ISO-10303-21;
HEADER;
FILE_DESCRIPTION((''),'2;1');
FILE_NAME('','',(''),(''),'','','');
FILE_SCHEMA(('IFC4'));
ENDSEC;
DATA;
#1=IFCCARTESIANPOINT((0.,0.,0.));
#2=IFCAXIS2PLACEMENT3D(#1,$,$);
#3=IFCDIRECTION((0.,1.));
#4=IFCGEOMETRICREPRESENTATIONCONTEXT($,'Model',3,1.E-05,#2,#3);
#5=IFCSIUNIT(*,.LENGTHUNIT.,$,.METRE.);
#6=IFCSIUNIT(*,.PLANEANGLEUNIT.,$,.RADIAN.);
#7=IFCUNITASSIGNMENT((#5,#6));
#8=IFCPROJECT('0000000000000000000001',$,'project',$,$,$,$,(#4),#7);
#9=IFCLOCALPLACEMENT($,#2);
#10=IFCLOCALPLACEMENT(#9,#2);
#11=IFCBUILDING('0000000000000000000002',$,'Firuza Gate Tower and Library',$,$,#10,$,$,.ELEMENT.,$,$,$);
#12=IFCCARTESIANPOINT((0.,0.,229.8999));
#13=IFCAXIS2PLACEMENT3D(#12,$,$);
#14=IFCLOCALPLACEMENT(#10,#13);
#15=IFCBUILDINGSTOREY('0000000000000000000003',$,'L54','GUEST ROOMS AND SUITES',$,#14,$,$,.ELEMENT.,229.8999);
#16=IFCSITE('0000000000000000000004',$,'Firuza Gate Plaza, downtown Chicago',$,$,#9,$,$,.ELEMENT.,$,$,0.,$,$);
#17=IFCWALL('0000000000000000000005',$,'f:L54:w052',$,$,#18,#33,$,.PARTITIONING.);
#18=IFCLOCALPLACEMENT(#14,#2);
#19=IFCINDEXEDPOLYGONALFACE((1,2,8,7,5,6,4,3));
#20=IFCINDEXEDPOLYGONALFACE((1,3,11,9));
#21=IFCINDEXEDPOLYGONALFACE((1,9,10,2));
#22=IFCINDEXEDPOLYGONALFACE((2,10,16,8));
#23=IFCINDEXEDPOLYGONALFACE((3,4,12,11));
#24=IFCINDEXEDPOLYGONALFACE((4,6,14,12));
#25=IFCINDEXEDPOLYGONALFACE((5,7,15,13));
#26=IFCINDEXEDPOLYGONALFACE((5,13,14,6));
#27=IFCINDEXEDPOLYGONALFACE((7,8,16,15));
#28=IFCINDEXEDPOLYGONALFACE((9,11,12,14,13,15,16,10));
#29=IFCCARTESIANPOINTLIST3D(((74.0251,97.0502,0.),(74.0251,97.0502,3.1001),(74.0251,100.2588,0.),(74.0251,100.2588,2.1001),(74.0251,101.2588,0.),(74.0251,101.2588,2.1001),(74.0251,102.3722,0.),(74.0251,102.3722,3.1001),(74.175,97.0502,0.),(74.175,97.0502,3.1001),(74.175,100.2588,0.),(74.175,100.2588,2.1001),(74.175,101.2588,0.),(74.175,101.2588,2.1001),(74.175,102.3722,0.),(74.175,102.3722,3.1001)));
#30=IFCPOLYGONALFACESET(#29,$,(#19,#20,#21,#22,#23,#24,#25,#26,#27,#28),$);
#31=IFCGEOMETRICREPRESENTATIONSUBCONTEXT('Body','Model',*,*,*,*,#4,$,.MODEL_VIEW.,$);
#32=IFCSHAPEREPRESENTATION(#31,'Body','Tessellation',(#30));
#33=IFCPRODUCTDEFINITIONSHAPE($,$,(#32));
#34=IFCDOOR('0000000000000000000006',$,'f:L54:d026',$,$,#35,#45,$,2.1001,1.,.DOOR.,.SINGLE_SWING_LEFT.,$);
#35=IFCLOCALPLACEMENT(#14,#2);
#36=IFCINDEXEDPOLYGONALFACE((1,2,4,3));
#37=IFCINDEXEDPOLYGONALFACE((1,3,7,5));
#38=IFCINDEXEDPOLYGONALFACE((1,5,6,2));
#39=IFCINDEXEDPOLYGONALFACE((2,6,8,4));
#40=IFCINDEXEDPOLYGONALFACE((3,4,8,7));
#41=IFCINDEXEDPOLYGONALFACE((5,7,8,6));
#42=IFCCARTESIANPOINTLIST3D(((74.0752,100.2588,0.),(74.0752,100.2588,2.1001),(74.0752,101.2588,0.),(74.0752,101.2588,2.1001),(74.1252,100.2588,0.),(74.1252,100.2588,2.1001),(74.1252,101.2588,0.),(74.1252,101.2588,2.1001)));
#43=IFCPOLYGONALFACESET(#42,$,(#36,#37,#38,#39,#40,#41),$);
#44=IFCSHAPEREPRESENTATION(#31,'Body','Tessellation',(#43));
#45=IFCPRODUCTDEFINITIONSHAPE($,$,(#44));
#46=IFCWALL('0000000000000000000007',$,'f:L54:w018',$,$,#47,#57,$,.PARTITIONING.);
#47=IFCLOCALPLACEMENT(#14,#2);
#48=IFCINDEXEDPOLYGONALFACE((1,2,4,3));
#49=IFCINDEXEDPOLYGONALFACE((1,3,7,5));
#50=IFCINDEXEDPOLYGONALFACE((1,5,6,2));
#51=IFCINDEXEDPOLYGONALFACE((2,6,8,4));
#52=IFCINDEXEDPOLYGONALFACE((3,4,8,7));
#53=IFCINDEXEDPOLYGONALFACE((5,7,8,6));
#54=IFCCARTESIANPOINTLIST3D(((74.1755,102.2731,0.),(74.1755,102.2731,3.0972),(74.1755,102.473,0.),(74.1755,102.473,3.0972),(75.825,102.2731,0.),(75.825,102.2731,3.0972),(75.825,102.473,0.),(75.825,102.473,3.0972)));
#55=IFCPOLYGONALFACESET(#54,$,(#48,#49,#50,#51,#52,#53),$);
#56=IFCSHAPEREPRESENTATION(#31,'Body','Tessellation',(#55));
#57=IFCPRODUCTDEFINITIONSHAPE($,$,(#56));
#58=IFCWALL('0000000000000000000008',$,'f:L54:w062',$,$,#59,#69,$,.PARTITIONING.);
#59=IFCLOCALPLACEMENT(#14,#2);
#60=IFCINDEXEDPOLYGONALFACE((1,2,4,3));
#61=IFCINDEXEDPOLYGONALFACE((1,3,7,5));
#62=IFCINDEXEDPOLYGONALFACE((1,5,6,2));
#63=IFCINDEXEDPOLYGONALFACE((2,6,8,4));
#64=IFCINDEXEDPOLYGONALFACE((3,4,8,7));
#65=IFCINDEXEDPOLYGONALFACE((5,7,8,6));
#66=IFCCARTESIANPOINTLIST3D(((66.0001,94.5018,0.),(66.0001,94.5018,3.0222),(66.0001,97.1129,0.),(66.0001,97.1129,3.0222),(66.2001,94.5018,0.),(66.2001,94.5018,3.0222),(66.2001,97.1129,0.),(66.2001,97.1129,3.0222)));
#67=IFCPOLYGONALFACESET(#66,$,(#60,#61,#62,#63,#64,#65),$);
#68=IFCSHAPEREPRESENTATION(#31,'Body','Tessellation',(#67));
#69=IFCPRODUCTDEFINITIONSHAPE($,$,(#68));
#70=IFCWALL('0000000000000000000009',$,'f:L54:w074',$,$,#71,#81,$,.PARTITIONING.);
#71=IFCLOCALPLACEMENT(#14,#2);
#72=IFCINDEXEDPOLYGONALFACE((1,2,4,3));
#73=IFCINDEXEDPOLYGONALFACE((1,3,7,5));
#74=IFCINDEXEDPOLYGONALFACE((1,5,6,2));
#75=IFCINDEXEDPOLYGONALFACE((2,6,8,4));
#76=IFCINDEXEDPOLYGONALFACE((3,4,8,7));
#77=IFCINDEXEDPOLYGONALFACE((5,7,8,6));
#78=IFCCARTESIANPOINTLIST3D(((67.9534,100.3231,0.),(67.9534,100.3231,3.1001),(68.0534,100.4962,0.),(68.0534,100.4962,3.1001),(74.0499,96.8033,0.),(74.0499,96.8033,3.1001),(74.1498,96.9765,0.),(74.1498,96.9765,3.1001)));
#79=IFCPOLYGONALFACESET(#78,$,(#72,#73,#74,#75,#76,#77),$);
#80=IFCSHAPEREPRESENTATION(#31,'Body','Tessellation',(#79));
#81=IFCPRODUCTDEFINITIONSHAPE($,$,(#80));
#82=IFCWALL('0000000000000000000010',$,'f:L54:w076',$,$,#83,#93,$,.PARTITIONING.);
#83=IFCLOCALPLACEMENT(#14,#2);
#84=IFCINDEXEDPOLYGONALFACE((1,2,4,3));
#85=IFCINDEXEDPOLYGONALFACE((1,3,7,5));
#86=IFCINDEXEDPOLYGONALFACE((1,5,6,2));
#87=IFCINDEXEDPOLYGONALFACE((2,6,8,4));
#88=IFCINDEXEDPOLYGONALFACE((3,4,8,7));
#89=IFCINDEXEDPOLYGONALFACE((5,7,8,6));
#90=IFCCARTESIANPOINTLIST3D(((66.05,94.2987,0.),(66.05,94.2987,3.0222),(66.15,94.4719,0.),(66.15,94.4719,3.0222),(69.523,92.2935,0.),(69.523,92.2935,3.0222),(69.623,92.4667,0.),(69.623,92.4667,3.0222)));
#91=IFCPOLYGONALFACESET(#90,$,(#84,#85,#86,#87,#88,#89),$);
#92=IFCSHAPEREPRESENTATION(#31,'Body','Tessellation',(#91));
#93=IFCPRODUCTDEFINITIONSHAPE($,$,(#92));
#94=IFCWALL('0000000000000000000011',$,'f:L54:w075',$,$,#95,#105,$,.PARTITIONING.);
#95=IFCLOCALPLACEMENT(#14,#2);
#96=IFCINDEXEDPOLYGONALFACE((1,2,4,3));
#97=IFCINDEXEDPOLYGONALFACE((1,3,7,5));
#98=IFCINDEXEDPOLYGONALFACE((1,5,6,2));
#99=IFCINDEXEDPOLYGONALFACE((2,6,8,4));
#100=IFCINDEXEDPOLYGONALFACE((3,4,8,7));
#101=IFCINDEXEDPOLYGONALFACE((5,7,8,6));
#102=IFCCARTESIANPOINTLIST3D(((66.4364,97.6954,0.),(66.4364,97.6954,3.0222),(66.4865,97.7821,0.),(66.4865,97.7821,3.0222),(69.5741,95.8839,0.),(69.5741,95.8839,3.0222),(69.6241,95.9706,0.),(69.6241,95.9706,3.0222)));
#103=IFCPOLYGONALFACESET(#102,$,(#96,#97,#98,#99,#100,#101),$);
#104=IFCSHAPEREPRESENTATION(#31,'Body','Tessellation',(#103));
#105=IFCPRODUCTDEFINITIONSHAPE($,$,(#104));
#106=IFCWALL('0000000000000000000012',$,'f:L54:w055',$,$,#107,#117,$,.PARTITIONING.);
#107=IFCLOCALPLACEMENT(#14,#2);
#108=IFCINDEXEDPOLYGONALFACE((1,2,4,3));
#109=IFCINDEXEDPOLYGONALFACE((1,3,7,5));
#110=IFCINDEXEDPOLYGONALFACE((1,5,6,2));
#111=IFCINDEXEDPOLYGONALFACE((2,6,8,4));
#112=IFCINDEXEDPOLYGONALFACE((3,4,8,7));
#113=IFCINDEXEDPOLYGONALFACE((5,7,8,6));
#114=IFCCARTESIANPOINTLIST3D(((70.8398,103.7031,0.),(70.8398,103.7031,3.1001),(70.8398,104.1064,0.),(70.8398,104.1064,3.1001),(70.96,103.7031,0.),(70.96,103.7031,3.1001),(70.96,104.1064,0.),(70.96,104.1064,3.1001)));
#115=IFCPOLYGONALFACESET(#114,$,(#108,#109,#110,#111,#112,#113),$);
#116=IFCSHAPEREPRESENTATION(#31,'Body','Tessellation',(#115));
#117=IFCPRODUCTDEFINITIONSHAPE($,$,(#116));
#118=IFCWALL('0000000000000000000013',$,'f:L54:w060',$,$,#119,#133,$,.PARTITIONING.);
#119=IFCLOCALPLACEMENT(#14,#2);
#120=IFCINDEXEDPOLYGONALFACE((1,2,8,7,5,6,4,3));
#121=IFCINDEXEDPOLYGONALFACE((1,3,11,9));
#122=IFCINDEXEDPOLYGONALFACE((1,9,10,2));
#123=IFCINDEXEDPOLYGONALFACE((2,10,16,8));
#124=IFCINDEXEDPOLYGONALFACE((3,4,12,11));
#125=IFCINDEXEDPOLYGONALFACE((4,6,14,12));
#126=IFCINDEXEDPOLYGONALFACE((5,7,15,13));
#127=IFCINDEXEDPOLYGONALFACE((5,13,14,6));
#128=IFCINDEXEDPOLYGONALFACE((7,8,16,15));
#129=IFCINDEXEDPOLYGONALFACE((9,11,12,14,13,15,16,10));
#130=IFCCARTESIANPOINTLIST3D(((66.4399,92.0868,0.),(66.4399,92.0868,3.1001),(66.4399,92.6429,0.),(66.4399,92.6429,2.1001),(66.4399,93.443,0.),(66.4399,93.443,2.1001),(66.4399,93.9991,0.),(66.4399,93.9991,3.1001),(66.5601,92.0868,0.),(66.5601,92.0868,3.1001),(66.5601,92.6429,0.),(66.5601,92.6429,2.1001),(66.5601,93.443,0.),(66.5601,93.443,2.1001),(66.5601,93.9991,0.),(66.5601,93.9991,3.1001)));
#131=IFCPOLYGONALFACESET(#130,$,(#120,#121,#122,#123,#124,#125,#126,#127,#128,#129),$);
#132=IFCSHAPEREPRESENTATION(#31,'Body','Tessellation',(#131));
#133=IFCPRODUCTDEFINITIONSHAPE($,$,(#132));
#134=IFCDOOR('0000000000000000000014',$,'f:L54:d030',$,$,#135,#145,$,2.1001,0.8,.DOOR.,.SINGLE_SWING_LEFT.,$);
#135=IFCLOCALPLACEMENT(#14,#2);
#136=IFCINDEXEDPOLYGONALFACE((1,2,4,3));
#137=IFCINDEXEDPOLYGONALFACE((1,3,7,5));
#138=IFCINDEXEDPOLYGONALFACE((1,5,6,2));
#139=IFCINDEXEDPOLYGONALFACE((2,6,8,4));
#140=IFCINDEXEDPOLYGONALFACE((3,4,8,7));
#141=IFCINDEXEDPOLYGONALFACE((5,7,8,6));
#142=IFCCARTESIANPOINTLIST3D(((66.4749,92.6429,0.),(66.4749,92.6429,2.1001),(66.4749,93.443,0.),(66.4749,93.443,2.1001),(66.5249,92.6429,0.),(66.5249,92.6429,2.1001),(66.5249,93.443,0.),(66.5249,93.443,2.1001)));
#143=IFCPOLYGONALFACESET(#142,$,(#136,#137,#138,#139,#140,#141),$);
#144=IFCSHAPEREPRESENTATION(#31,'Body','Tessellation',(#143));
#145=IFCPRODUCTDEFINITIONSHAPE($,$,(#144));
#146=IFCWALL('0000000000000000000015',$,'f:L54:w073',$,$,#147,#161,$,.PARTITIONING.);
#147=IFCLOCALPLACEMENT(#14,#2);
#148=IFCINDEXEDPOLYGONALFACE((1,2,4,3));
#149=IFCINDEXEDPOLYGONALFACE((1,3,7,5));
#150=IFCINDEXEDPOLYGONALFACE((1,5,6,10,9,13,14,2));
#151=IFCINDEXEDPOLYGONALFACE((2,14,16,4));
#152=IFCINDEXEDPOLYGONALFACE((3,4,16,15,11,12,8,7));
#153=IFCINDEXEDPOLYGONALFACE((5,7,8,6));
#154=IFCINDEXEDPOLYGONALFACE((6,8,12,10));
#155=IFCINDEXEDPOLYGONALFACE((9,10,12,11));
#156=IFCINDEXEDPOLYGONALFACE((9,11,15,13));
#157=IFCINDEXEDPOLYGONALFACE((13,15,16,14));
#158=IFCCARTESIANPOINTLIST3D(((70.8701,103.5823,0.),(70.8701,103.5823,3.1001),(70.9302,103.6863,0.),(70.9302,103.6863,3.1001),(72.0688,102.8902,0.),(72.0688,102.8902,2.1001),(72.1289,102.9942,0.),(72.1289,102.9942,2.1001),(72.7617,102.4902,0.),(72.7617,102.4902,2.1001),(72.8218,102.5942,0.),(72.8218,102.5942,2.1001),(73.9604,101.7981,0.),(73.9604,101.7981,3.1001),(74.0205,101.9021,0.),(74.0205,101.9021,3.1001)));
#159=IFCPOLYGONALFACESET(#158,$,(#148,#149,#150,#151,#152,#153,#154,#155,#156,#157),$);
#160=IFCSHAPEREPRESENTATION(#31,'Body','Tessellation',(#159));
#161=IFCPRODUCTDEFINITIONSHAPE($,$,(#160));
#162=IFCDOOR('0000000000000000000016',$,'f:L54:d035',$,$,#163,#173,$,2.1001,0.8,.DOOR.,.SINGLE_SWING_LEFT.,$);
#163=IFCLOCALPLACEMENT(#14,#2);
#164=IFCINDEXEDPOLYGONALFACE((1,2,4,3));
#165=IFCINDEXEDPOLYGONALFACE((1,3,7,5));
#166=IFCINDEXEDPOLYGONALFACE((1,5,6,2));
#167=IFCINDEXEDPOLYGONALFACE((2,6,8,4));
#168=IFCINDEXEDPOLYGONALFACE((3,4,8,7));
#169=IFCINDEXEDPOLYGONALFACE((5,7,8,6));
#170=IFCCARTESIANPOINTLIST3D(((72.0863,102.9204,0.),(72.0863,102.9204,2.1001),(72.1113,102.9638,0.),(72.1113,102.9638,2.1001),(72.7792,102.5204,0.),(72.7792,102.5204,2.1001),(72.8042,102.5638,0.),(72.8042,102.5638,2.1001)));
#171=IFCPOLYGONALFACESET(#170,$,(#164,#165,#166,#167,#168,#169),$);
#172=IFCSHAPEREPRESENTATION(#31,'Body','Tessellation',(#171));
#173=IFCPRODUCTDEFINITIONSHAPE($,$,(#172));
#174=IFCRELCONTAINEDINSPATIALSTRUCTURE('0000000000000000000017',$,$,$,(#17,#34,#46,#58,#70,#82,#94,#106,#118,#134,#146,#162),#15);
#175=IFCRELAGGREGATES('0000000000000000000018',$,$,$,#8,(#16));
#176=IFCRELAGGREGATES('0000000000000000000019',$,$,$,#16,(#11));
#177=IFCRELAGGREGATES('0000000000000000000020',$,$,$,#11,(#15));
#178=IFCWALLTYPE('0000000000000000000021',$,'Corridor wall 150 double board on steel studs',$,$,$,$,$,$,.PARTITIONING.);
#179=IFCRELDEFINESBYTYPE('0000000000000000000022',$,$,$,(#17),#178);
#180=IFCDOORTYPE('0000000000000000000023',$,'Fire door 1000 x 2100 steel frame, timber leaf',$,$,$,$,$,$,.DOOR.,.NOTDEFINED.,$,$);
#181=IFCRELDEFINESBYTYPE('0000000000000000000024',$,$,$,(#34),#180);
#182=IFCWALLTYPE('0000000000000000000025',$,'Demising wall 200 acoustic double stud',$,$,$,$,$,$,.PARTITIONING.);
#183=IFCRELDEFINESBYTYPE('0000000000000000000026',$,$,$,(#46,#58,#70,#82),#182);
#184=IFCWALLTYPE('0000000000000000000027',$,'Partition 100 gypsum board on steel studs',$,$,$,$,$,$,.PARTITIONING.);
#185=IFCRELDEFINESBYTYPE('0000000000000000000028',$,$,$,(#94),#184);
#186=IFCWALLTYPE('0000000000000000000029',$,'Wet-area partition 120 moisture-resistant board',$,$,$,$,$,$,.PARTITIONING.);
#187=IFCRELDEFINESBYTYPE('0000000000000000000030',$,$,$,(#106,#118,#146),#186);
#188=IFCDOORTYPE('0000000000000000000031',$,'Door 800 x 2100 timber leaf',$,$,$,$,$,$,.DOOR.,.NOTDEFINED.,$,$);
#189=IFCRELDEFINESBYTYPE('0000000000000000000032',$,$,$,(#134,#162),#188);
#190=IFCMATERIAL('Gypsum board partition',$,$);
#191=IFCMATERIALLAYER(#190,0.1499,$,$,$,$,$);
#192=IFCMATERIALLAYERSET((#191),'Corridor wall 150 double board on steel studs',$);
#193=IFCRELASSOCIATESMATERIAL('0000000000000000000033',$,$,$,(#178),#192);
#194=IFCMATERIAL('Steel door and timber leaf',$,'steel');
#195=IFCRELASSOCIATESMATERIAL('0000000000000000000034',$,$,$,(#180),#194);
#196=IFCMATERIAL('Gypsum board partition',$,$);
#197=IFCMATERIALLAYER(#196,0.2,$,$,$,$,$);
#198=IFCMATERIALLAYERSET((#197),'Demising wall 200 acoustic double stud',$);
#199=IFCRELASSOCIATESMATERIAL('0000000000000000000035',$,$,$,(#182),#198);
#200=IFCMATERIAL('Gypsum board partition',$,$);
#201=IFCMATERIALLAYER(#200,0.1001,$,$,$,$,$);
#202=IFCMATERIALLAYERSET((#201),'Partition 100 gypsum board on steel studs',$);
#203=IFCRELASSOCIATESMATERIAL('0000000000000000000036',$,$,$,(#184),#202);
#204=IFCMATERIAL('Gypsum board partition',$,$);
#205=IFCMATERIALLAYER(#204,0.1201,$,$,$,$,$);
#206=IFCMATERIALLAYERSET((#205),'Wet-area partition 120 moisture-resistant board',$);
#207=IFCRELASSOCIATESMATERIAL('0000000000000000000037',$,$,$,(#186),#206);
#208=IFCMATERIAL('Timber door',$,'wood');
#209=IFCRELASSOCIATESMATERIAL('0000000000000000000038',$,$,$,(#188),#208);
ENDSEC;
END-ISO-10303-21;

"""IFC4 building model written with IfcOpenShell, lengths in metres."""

from ifc_helpers import new_model, si_unit, direction, frame, frame_2d, origin, place, context, subcontext, project, spatial, rectangle, extrude, material, layer, layer_set, type_object, element, fill, save


model = new_model("IFC4")

# Units and contexts
model_context = context("Model", 3, precision=1e-05, world=origin(), true_north=direction((0.0, 1.0)))
body_context = subcontext(model_context, "Body", "Model", "MODEL_VIEW")
ifc_project = project(units=[si_unit("LENGTHUNIT", "METRE"), si_unit("PLANEANGLEUNIT", "RADIAN")], contexts=[model_context])

# Site, building, storey
site_placement = place(None, origin())
site = spatial("IfcSite", under=ifc_project, at=site_placement, Name="Firuza Gate Plaza, downtown Chicago", CompositionType="ELEMENT", RefElevation=0.0)
building_placement = place(site_placement, origin())
building = spatial("IfcBuilding", under=site, at=building_placement, Name="Firuza Gate Tower and Library", CompositionType="ELEMENT")
storey_placement = place(building_placement, frame((0.0, 0.0, 229.8999)))
storey = spatial("IfcBuildingStorey", under=building, at=storey_placement, Name="L54", Description="GUEST ROOMS AND SUITES", CompositionType="ELEMENT", Elevation=229.8999)

# Wall, opening, door
ifc_material_1 = material(Name="Gypsum board partition")
ifc_layer_1 = layer(ifc_material_1, 0.1499)
ifc_layer_set_1 = layer_set([ifc_layer_1], Name="Corridor wall 150 double board on steel studs")
wall_type_1 = type_object("IfcWallType", Name="Corridor wall 150 double board on steel studs", PredefinedType="PARTITIONING", material=ifc_layer_set_1)
wall_1_placement = place(storey_placement, frame((74.1001, 97.05, 0.0), z_axis=(0.0, 0.0, 1.0), x_axis=(0.0, 1.0, 0.0)))
wall_1 = element("IfcWall", 1, at=wall_1_placement, inside=storey, type_object=wall_type_1, Name="f:L54:w052", PredefinedType="PARTITIONING", context=body_context, shape_type="SweptSolid", body=[
    extrude(rectangle(XDim=5.322, YDim=0.1499, at=frame_2d((2.6611, 0.0))), origin(), (0.0, 0.0, 1.0), 3.1001),
])
opening_1_placement = place(wall_1_placement, frame((3.2087, 0.0, 0.0)))
opening_1 = element("IfcOpeningElement", 2, at=opening_1_placement, cuts=wall_1, PredefinedType="OPENING", context=body_context, shape_type="SweptSolid", body=[
    extrude(rectangle(XDim=1.0, YDim=2.1001, at=frame_2d((0.5, 1.05))), frame((0.0, 0.085, 0.0), z_axis=(0.0, -1.0, 0.0), x_axis=(1.0, 0.0, 0.0)), (0.0, 0.0, 1.0), 0.1699),
])
ifc_material_2 = material(Name="Steel door and timber leaf", Category="steel")
door_type_1 = type_object("IfcDoorType", Name="Fire door 1000 x 2100 steel frame, timber leaf", OperationType="NOTDEFINED", PredefinedType="DOOR", material=ifc_material_2)
door_1_placement = place(opening_1_placement, origin())
door_1 = element("IfcDoor", 3, at=door_1_placement, inside=storey, type_object=door_type_1, Name="f:L54:d026", OperationType="SINGLE_SWING_LEFT", OverallHeight=2.1001, OverallWidth=1.0, PredefinedType="DOOR", context=body_context, shape_type="SweptSolid", body=[
    extrude(rectangle(XDim=1.0, YDim=2.1001, at=frame_2d((0.5, 1.05))), frame((0.0, 0.0249, 0.0), z_axis=(0.0, -1.0, 0.0), x_axis=(1.0, 0.0, 0.0)), (0.0, 0.0, 1.0), 0.05),
])
fill(opening_1, door_1)

# Walls
ifc_material_3 = material(Name="Gypsum board partition")
ifc_layer_2 = layer(ifc_material_3, 0.2)
ifc_layer_set_2 = layer_set([ifc_layer_2], Name="Demising wall 200 acoustic double stud")
wall_type_2 = type_object("IfcWallType", Name="Demising wall 200 acoustic double stud", PredefinedType="PARTITIONING", material=ifc_layer_set_2)
wall_2_placement = place(storey_placement, frame((74.1755, 102.373, 0.0), z_axis=(0.0, 0.0, 1.0), x_axis=(1.0, 0.0, 0.0)))
element("IfcWall", 4, at=wall_2_placement, inside=storey, type_object=wall_type_2, Name="f:L54:w018", PredefinedType="PARTITIONING", context=body_context, shape_type="SweptSolid", body=[
    extrude(rectangle(XDim=1.6494, YDim=0.2, at=frame_2d((0.8247, 0.0))), origin(), (0.0, 0.0, 1.0), 3.0972),
])
wall_3_placement = place(storey_placement, frame((66.1001, 94.5017, 0.0), z_axis=(0.0, 0.0, 1.0), x_axis=(0.0, 1.0, 0.0)))
element("IfcWall", 5, at=wall_3_placement, inside=storey, type_object=wall_type_2, Name="f:L54:w062", PredefinedType="PARTITIONING", context=body_context, shape_type="SweptSolid", body=[
    extrude(rectangle(XDim=2.6111, YDim=0.2, at=frame_2d((1.3057, 0.0))), origin(), (0.0, 0.0, 1.0), 3.0222),
])
wall_4_placement = place(storey_placement, frame((74.0999, 96.8899, 0.0), z_axis=(0.0, 0.0, 1.0), x_axis=(-0.866026, 0.5, 0.0)))
element("IfcWall", 6, at=wall_4_placement, inside=storey, type_object=wall_type_2, Name="f:L54:w074", PredefinedType="PARTITIONING", context=body_context, shape_type="SweptSolid", body=[
    extrude(rectangle(XDim=7.0396, YDim=0.2, at=frame_2d((3.5198, 0.0))), origin(), (0.0, 0.0, 1.0), 3.1001),
])
wall_5_placement = place(storey_placement, frame((69.573, 92.3801, 0.0), z_axis=(0.0, 0.0, 1.0), x_axis=(-0.86602, 0.500009, 0.0)))
element("IfcWall", 7, at=wall_5_placement, inside=storey, type_object=wall_type_2, Name="f:L54:w076", PredefinedType="PARTITIONING", context=body_context, shape_type="SweptSolid", body=[
    extrude(rectangle(XDim=4.0103, YDim=0.2, at=frame_2d((2.0051, 0.0))), origin(), (0.0, 0.0, 1.0), 3.0222),
])
ifc_material_4 = material(Name="Gypsum board partition")
ifc_layer_3 = layer(ifc_material_4, 0.1001)
ifc_layer_set_3 = layer_set([ifc_layer_3], Name="Partition 100 gypsum board on steel studs")
wall_type_3 = type_object("IfcWallType", Name="Partition 100 gypsum board on steel studs", PredefinedType="PARTITIONING", material=ifc_layer_set_3)
wall_6_placement = place(storey_placement, frame((69.5991, 95.9272, 0.0), z_axis=(0.0, 0.0, 1.0), x_axis=(-0.866028, 0.499995, 0.0)))
element("IfcWall", 8, at=wall_6_placement, inside=storey, type_object=wall_type_3, Name="f:L54:w075", PredefinedType="PARTITIONING", context=body_context, shape_type="SweptSolid", body=[
    extrude(rectangle(XDim=3.623, YDim=0.1001, at=frame_2d((1.8115, 0.0))), origin(), (0.0, 0.0, 1.0), 3.0222),
])
ifc_material_5 = material(Name="Gypsum board partition")
ifc_layer_4 = layer(ifc_material_5, 0.1201)
ifc_layer_set_4 = layer_set([ifc_layer_4], Name="Wet-area partition 120 moisture-resistant board")
wall_type_4 = type_object("IfcWallType", Name="Wet-area partition 120 moisture-resistant board", PredefinedType="PARTITIONING", material=ifc_layer_set_4)
wall_7_placement = place(storey_placement, frame((70.8999, 103.7031, 0.0), z_axis=(0.0, 0.0, 1.0), x_axis=(0.0, 1.0, 0.0)))
element("IfcWall", 9, at=wall_7_placement, inside=storey, type_object=wall_type_4, Name="f:L54:w055", PredefinedType="PARTITIONING", context=body_context, shape_type="SweptSolid", body=[
    extrude(rectangle(XDim=0.4033, YDim=0.1201, at=frame_2d((0.2017, 0.0))), origin(), (0.0, 0.0, 1.0), 3.1001),
])

# Walls, openings, doors
wall_8_placement = place(storey_placement, frame((66.5, 93.999, 0.0), z_axis=(0.0, 0.0, 1.0), x_axis=(0.0, -1.0, 0.0)))
wall_8 = element("IfcWall", 10, at=wall_8_placement, inside=storey, type_object=wall_type_4, Name="f:L54:w060", PredefinedType="PARTITIONING", context=body_context, shape_type="SweptSolid", body=[
    extrude(rectangle(XDim=1.9124, YDim=0.1201, at=frame_2d((0.9561, 0.0))), origin(), (0.0, 0.0, 1.0), 3.1001),
])
opening_2_placement = place(wall_8_placement, frame((0.5562, 0.0, 0.0)))
opening_2 = element("IfcOpeningElement", 11, at=opening_2_placement, cuts=wall_8, PredefinedType="OPENING", context=body_context, shape_type="SweptSolid", body=[
    extrude(rectangle(XDim=0.8, YDim=2.1001, at=frame_2d((0.3999, 1.05))), frame((0.0, 0.0701, 0.0), z_axis=(0.0, -1.0, 0.0), x_axis=(1.0, 0.0, 0.0)), (0.0, 0.0, 1.0), 0.1401),
])
ifc_material_6 = material(Name="Timber door", Category="wood")
door_type_2 = type_object("IfcDoorType", Name="Door 800 x 2100 timber leaf", OperationType="NOTDEFINED", PredefinedType="DOOR", material=ifc_material_6)
door_2_placement = place(opening_2_placement, origin())
door_2 = element("IfcDoor", 12, at=door_2_placement, inside=storey, type_object=door_type_2, Name="f:L54:d030", OperationType="SINGLE_SWING_LEFT", OverallHeight=2.1001, OverallWidth=0.8, PredefinedType="DOOR", context=body_context, shape_type="SweptSolid", body=[
    extrude(rectangle(XDim=0.8, YDim=2.1001, at=frame_2d((0.3999, 1.05))), frame((0.0, 0.0249, 0.0), z_axis=(0.0, -1.0, 0.0), x_axis=(1.0, 0.0, 0.0)), (0.0, 0.0, 1.0), 0.05),
])
fill(opening_2, door_2)
wall_9_placement = place(storey_placement, frame((70.9001, 103.6343, 0.0), z_axis=(0.0, 0.0, 1.0), x_axis=(0.866028, -0.499995, 0.0)))
wall_9 = element("IfcWall", 13, at=wall_9_placement, inside=storey, type_object=wall_type_4, Name="f:L54:w073", PredefinedType="PARTITIONING", context=body_context, shape_type="SweptSolid", body=[
    extrude(rectangle(XDim=3.5684, YDim=0.1201, at=frame_2d((1.7842, 0.0))), origin(), (0.0, 0.0, 1.0), 3.1001),
])
opening_3_placement = place(wall_9_placement, frame((1.3843, 0.0, 0.0)))
opening_3 = element("IfcOpeningElement", 14, at=opening_3_placement, cuts=wall_9, PredefinedType="OPENING", context=body_context, shape_type="SweptSolid", body=[
    extrude(rectangle(XDim=0.8, YDim=2.1001, at=frame_2d((0.3999, 1.05))), frame((0.0, 0.0701, 0.0), z_axis=(0.0, -1.0, 0.0), x_axis=(1.0, 0.0, 0.0)), (0.0, 0.0, 1.0), 0.1401),
])
door_3_placement = place(opening_3_placement, origin())
door_3 = element("IfcDoor", 15, at=door_3_placement, inside=storey, type_object=door_type_2, Name="f:L54:d035", OperationType="SINGLE_SWING_LEFT", OverallHeight=2.1001, OverallWidth=0.8, PredefinedType="DOOR", context=body_context, shape_type="SweptSolid", body=[
    extrude(rectangle(XDim=0.8, YDim=2.1001, at=frame_2d((0.3999, 1.05))), frame((0.0, 0.0249, 0.0), z_axis=(0.0, -1.0, 0.0), x_axis=(1.0, 0.0, 0.0)), (0.0, 0.0, 1.0), 0.05),
])
fill(opening_3, door_3)

save(model, "model.ifc")
